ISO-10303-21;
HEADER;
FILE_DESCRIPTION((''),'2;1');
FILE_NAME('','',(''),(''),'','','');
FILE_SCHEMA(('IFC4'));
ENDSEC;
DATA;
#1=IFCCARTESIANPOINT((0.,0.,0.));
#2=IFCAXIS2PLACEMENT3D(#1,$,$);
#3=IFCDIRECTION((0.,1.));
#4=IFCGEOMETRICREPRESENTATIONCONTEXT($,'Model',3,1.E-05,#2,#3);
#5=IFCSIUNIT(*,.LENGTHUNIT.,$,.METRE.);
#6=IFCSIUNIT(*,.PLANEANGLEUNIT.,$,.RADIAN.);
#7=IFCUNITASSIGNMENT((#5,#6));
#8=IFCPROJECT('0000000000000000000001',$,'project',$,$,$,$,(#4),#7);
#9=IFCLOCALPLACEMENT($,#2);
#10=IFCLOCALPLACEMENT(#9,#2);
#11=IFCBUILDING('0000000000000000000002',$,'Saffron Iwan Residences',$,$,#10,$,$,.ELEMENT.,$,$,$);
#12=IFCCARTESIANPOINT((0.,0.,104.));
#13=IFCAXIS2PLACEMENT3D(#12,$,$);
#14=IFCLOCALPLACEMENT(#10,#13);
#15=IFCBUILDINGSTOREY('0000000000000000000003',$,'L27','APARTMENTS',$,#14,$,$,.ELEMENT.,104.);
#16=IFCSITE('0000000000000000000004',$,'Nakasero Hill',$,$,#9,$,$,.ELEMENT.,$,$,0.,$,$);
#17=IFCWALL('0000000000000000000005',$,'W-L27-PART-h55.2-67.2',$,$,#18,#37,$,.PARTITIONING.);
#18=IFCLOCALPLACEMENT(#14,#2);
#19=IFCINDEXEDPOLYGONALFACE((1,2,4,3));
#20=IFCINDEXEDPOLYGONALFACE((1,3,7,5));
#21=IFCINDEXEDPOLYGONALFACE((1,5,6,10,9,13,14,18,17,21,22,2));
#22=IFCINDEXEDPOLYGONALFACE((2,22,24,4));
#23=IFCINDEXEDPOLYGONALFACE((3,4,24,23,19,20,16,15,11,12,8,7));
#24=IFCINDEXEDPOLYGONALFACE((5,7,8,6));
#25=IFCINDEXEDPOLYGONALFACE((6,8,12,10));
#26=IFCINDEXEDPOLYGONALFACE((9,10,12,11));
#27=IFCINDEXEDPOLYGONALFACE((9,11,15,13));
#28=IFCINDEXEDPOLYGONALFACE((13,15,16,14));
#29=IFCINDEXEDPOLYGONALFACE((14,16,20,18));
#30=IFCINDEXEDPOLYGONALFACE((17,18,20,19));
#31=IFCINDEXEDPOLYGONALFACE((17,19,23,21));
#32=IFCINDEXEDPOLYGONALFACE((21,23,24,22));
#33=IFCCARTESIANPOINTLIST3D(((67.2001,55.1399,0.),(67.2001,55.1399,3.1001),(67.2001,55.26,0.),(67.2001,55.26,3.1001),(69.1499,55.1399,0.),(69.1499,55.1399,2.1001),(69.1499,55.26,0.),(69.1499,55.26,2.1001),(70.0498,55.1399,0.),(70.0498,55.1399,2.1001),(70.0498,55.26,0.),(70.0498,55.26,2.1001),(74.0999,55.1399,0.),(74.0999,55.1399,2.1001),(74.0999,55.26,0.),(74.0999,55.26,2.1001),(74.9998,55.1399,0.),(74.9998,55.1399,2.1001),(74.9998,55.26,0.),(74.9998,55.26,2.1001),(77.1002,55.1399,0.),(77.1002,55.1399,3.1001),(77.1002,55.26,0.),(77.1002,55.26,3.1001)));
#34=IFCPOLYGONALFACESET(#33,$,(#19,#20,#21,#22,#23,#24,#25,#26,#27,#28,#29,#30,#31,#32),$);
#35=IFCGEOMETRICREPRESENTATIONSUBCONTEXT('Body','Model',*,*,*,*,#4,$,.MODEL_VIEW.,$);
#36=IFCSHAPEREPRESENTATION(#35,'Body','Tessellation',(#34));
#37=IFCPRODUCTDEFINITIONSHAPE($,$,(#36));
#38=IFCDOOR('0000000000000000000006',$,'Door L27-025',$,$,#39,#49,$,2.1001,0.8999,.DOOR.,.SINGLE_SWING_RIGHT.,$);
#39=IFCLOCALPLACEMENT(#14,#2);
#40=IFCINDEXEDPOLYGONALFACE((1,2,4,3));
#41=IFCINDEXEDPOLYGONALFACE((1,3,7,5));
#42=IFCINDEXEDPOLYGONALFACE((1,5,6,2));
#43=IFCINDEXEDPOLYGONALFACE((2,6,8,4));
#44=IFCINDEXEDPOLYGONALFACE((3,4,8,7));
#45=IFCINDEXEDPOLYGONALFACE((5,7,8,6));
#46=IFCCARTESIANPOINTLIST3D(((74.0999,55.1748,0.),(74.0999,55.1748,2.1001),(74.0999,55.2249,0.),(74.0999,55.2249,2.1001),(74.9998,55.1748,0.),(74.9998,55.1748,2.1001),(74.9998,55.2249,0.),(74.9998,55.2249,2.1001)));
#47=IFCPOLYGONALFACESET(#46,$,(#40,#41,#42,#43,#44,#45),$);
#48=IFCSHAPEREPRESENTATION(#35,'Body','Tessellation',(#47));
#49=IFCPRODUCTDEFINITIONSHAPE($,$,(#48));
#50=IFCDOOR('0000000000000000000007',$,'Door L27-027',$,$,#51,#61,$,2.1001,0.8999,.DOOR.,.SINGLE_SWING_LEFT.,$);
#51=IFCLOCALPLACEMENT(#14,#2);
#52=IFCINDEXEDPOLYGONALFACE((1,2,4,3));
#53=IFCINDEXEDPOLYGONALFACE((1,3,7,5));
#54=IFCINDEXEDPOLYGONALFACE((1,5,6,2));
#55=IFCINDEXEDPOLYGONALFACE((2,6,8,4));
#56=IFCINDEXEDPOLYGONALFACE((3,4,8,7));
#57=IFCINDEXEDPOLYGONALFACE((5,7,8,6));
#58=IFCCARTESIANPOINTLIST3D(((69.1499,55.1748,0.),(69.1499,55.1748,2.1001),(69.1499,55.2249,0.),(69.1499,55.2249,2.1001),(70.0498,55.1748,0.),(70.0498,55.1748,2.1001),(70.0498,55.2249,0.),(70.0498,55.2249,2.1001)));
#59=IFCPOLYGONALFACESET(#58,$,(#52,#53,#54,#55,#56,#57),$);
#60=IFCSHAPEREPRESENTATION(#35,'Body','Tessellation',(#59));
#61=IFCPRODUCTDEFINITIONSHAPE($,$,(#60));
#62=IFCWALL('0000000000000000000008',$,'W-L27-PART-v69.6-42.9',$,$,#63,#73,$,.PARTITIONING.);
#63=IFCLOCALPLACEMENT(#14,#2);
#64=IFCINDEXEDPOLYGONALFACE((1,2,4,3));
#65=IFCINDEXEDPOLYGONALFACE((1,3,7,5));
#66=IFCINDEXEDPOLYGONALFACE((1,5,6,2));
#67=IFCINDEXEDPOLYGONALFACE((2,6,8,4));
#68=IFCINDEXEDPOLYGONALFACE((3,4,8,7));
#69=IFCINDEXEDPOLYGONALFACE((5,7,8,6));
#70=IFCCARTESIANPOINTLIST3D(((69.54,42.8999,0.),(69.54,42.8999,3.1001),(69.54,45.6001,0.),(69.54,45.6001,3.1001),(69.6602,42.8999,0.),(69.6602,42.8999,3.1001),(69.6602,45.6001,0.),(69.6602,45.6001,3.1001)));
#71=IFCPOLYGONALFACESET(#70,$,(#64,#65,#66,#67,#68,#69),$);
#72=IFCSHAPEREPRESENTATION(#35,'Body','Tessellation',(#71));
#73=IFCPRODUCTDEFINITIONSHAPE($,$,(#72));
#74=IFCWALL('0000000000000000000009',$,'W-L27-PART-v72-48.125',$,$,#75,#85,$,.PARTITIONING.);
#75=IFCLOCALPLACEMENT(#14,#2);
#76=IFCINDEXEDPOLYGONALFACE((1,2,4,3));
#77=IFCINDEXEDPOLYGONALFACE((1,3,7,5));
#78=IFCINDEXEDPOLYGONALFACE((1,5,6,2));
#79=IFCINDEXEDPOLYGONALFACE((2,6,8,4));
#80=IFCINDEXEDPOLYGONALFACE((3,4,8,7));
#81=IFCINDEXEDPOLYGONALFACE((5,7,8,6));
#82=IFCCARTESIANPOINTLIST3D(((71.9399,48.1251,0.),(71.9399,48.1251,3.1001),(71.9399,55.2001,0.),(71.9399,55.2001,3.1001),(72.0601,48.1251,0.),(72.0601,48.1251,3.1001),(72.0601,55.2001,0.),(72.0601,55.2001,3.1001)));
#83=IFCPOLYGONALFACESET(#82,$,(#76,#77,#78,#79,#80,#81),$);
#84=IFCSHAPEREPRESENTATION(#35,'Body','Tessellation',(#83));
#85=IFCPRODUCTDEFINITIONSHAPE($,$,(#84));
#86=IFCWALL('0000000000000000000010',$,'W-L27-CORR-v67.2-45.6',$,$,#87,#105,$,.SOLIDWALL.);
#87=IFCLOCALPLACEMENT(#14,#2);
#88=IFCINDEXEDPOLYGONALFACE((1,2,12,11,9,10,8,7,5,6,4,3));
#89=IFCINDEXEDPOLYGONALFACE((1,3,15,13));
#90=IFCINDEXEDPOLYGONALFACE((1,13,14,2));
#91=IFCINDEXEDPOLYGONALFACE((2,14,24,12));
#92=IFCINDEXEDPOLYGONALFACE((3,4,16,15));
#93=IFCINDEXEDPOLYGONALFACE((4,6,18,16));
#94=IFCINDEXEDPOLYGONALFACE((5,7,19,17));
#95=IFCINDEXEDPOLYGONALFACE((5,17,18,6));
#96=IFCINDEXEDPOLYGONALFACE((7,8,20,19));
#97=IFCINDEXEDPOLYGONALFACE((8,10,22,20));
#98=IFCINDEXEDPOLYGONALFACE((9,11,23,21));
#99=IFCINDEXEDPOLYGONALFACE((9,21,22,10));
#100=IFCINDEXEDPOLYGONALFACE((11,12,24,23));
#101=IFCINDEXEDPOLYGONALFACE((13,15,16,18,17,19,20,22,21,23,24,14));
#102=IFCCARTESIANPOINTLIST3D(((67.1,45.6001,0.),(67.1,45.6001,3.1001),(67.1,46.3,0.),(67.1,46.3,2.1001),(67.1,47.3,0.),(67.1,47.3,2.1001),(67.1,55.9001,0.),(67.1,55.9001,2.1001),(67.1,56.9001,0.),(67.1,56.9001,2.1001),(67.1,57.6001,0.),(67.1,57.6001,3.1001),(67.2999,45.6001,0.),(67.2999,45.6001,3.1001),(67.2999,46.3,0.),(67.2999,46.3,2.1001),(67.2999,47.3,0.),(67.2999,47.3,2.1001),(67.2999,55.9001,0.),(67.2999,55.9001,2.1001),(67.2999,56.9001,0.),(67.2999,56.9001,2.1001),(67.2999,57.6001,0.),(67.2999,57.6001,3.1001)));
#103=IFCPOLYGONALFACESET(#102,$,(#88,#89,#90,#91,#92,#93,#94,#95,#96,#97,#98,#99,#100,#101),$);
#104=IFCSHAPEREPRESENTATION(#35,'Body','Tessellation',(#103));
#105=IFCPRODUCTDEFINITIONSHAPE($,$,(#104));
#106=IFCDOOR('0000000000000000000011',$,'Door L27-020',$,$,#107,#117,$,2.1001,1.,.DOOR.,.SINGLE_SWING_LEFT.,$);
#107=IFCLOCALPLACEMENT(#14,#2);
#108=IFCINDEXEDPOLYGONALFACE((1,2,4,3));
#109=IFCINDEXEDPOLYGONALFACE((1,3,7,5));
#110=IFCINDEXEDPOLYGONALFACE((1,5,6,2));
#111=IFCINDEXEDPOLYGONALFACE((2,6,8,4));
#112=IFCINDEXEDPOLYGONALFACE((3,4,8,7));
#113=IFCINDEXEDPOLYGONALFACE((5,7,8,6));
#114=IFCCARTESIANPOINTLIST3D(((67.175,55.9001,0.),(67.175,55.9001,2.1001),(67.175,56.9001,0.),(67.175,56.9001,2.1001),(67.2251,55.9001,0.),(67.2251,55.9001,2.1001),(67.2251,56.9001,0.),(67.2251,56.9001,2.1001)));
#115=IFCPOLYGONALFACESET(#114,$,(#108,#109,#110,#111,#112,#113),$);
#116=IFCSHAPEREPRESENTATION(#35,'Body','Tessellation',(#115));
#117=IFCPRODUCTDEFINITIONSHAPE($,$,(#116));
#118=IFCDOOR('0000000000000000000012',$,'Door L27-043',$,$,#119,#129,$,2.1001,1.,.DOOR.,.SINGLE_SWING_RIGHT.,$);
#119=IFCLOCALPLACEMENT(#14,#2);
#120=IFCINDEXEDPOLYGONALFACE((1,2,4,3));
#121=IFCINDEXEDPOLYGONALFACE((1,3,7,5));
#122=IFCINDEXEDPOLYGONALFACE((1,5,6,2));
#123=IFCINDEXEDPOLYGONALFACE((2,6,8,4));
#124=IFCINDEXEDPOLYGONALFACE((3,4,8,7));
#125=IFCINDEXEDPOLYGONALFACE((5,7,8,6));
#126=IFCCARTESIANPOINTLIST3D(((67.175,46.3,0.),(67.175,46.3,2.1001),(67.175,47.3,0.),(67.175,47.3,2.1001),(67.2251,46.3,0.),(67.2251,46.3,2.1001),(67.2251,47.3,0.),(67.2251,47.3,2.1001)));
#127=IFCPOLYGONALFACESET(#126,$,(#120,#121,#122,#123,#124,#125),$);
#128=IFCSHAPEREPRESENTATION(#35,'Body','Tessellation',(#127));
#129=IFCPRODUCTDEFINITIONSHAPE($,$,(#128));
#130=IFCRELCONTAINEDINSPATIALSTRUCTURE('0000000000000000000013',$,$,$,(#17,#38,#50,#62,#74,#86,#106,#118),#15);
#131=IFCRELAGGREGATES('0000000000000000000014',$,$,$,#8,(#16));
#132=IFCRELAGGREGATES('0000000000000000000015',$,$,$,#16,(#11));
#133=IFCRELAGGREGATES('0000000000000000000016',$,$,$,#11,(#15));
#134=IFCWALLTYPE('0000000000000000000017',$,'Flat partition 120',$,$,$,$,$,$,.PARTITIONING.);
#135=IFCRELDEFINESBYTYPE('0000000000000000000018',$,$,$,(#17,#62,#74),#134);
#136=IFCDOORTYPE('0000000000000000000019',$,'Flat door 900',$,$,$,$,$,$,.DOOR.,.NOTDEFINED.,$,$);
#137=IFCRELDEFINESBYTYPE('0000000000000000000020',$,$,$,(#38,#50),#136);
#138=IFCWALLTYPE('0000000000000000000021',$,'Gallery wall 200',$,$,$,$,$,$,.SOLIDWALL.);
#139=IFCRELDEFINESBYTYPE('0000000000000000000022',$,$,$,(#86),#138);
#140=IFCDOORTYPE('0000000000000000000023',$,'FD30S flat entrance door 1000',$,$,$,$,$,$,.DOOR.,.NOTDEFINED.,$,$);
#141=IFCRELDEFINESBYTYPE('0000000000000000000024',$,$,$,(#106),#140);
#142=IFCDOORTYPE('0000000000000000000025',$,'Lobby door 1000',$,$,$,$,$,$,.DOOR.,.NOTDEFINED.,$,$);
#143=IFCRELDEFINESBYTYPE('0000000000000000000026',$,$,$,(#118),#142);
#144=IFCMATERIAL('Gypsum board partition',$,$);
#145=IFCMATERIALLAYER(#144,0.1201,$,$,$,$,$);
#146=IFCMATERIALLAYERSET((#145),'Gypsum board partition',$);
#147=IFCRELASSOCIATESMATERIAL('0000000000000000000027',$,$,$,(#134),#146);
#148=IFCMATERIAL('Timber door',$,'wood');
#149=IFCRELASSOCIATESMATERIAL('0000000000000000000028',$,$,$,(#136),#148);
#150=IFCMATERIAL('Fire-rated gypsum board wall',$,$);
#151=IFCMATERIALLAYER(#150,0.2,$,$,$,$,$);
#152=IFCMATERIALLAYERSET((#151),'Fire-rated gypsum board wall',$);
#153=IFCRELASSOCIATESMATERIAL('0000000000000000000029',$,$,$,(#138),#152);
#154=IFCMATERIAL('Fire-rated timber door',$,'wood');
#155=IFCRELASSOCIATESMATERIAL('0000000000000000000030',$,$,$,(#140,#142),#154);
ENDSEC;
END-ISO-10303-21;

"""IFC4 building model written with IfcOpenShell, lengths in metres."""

from ifc_helpers import new_model, si_unit, direction, frame, frame_2d, origin, place, context, subcontext, project, spatial, rectangle, extrude, material, layer, layer_set, type_object, element, fill, save


model = new_model("IFC4")

# Units and contexts
model_context = context("Model", 3, precision=1e-05, world=origin(), true_north=direction((0.0, 1.0)))
body_context = subcontext(model_context, "Body", "Model", "MODEL_VIEW")
ifc_project = project(units=[si_unit("LENGTHUNIT", "METRE"), si_unit("PLANEANGLEUNIT", "RADIAN")], contexts=[model_context])

# Site, building, storey
site_placement = place(None, origin())
site = spatial("IfcSite", under=ifc_project, at=site_placement, Name="Nakasero Hill", CompositionType="ELEMENT", RefElevation=0.0)
building_placement = place(site_placement, origin())
building = spatial("IfcBuilding", under=site, at=building_placement, Name="Saffron Iwan Residences", CompositionType="ELEMENT")
storey_placement = place(building_placement, frame((0.0, 0.0, 104.0)))
storey = spatial("IfcBuildingStorey", under=building, at=storey_placement, Name="L27", Description="APARTMENTS", CompositionType="ELEMENT", Elevation=104.0)

# Shared definitions
ifc_material_1 = material(Name="Fire-rated gypsum board wall")

# Shared definitions
ifc_material_2 = material(Name="Gypsum board partition")
ifc_layer_1 = layer(ifc_material_2, 0.1201)
ifc_layer_set_1 = layer_set([ifc_layer_1], Name="Gypsum board partition")
wall_type_1 = type_object("IfcWallType", Name="Flat partition 120", PredefinedType="PARTITIONING", material=ifc_layer_set_1)
ifc_material_3 = material(Name="Timber door", Category="wood")
door_type_1 = type_object("IfcDoorType", Name="Flat door 900", OperationType="NOTDEFINED", PredefinedType="DOOR", material=ifc_material_3)

# Wall, openings, doors
wall_1_placement = place(storey_placement, frame((67.2, 55.2, 0.0), z_axis=(0.0, 0.0, 1.0), x_axis=(1.0, 0.0, 0.0)))
wall_1 = element("IfcWall", 1, at=wall_1_placement, inside=storey, type_object=wall_type_1, Name="W-L27-PART-h55.2-67.2", PredefinedType="PARTITIONING", context=body_context, shape_type="SweptSolid", body=[
    extrude(rectangle(XDim=9.9001, YDim=0.1201, at=frame_2d((4.9502, 0.0))), origin(), (0.0, 0.0, 1.0), 3.1001),
])
opening_1_placement = place(wall_1_placement, frame((6.8999, 0.0, 0.0)))
opening_1 = element("IfcOpeningElement", 2, at=opening_1_placement, cuts=wall_1, PredefinedType="OPENING", context=body_context, shape_type="SweptSolid", body=[
    extrude(rectangle(XDim=0.8999, YDim=2.1001, at=frame_2d((0.45, 1.05))), frame((0.0, 0.0701, 0.0), z_axis=(0.0, -1.0, 0.0), x_axis=(1.0, 0.0, 0.0)), (0.0, 0.0, 1.0), 0.1401),
])
opening_2_placement = place(wall_1_placement, frame((1.95, 0.0, 0.0)))
opening_2 = element("IfcOpeningElement", 3, at=opening_2_placement, cuts=wall_1, PredefinedType="OPENING", context=body_context, shape_type="SweptSolid", body=[
    extrude(rectangle(XDim=0.8999, YDim=2.1001, at=frame_2d((0.45, 1.05))), frame((0.0, 0.0701, 0.0), z_axis=(0.0, -1.0, 0.0), x_axis=(1.0, 0.0, 0.0)), (0.0, 0.0, 1.0), 0.1401),
])
door_1_placement = place(opening_1_placement, origin())
door_1 = element("IfcDoor", 4, at=door_1_placement, inside=storey, type_object=door_type_1, Name="Door L27-025", OperationType="SINGLE_SWING_RIGHT", OverallHeight=2.1001, OverallWidth=0.8999, PredefinedType="DOOR", context=body_context, shape_type="SweptSolid", body=[
    extrude(rectangle(XDim=0.8999, YDim=2.1001, at=frame_2d((0.45, 1.05))), frame((0.0, 0.0249, 0.0), z_axis=(0.0, -1.0, 0.0), x_axis=(1.0, 0.0, 0.0)), (0.0, 0.0, 1.0), 0.05),
])
fill(opening_1, door_1)
door_2_placement = place(opening_2_placement, origin())
door_2 = element("IfcDoor", 5, at=door_2_placement, inside=storey, type_object=door_type_1, Name="Door L27-027", OperationType="SINGLE_SWING_LEFT", OverallHeight=2.1001, OverallWidth=0.8999, PredefinedType="DOOR", context=body_context, shape_type="SweptSolid", body=[
    extrude(rectangle(XDim=0.8999, YDim=2.1001, at=frame_2d((0.45, 1.05))), frame((0.0, 0.0249, 0.0), z_axis=(0.0, -1.0, 0.0), x_axis=(1.0, 0.0, 0.0)), (0.0, 0.0, 1.0), 0.05),
])
fill(opening_2, door_2)

# Walls
wall_2_placement = place(storey_placement, frame((69.6001, 42.8999, 0.0), z_axis=(0.0, 0.0, 1.0), x_axis=(0.0, 1.0, 0.0)))
element("IfcWall", 6, at=wall_2_placement, inside=storey, type_object=wall_type_1, Name="W-L27-PART-v69.6-42.9", PredefinedType="PARTITIONING", context=body_context, shape_type="SweptSolid", body=[
    extrude(rectangle(XDim=2.7002, YDim=0.1201, at=frame_2d((1.3501, 0.0))), origin(), (0.0, 0.0, 1.0), 3.1001),
])
wall_3_placement = place(storey_placement, frame((72.0, 48.125, 0.0), z_axis=(0.0, 0.0, 1.0), x_axis=(0.0, 1.0, 0.0)))
element("IfcWall", 7, at=wall_3_placement, inside=storey, type_object=wall_type_1, Name="W-L27-PART-v72-48.125", PredefinedType="PARTITIONING", context=body_context, shape_type="SweptSolid", body=[
    extrude(rectangle(XDim=7.075, YDim=0.1201, at=frame_2d((3.5376, 0.0))), origin(), (0.0, 0.0, 1.0), 3.1001),
])

# Wall, openings, doors
ifc_layer_2 = layer(ifc_material_1, 0.2)
ifc_layer_set_2 = layer_set([ifc_layer_2], Name="Fire-rated gypsum board wall")
wall_type_2 = type_object("IfcWallType", Name="Gallery wall 200", PredefinedType="SOLIDWALL", material=ifc_layer_set_2)
wall_4_placement = place(storey_placement, frame((67.2, 45.6001, 0.0), z_axis=(0.0, 0.0, 1.0), x_axis=(0.0, 1.0, 0.0)))
wall_4 = element("IfcWall", 8, at=wall_4_placement, inside=storey, type_object=wall_type_2, Name="W-L27-CORR-v67.2-45.6", PredefinedType="SOLIDWALL", context=body_context, shape_type="SweptSolid", body=[
    extrude(rectangle(XDim=12.0, YDim=0.2, at=frame_2d((6.0, 0.0))), origin(), (0.0, 0.0, 1.0), 3.1001),
])
opening_3_placement = place(wall_4_placement, frame((10.3, 0.0, 0.0)))
opening_3 = element("IfcOpeningElement", 9, at=opening_3_placement, cuts=wall_4, PredefinedType="OPENING", context=body_context, shape_type="SweptSolid", body=[
    extrude(rectangle(XDim=1.0, YDim=2.1001, at=frame_2d((0.5, 1.05))), frame((0.0, 0.1099, 0.0), z_axis=(0.0, -1.0, 0.0), x_axis=(1.0, 0.0, 0.0)), (0.0, 0.0, 1.0), 0.22),
])
opening_4_placement = place(wall_4_placement, frame((0.7, 0.0, 0.0)))
opening_4 = element("IfcOpeningElement", 10, at=opening_4_placement, cuts=wall_4, PredefinedType="OPENING", context=body_context, shape_type="SweptSolid", body=[
    extrude(rectangle(XDim=1.0, YDim=2.1001, at=frame_2d((0.5, 1.05))), frame((0.0, 0.1099, 0.0), z_axis=(0.0, -1.0, 0.0), x_axis=(1.0, 0.0, 0.0)), (0.0, 0.0, 1.0), 0.22),
])
ifc_material_4 = material(Name="Fire-rated timber door", Category="wood")
door_type_2 = type_object("IfcDoorType", Name="FD30S flat entrance door 1000", OperationType="NOTDEFINED", PredefinedType="DOOR", material=ifc_material_4)
door_3_placement = place(opening_3_placement, origin())
door_3 = element("IfcDoor", 11, at=door_3_placement, inside=storey, type_object=door_type_2, Name="Door L27-020", OperationType="SINGLE_SWING_LEFT", OverallHeight=2.1001, OverallWidth=1.0, PredefinedType="DOOR", context=body_context, shape_type="SweptSolid", body=[
    extrude(rectangle(XDim=1.0, YDim=2.1001, at=frame_2d((0.5, 1.05))), frame((0.0, 0.0249, 0.0), z_axis=(0.0, -1.0, 0.0), x_axis=(1.0, 0.0, 0.0)), (0.0, 0.0, 1.0), 0.05),
])
fill(opening_3, door_3)
door_type_3 = type_object("IfcDoorType", Name="Lobby door 1000", OperationType="NOTDEFINED", PredefinedType="DOOR", material=ifc_material_4)
door_4_placement = place(opening_4_placement, origin())
door_4 = element("IfcDoor", 12, at=door_4_placement, inside=storey, type_object=door_type_3, Name="Door L27-043", OperationType="SINGLE_SWING_RIGHT", OverallHeight=2.1001, OverallWidth=1.0, PredefinedType="DOOR", context=body_context, shape_type="SweptSolid", body=[
    extrude(rectangle(XDim=1.0, YDim=2.1001, at=frame_2d((0.5, 1.05))), frame((0.0, 0.0249, 0.0), z_axis=(0.0, -1.0, 0.0), x_axis=(1.0, 0.0, 0.0)), (0.0, 0.0, 1.0), 0.05),
])
fill(opening_4, door_4)

save(model, "model.ifc")
